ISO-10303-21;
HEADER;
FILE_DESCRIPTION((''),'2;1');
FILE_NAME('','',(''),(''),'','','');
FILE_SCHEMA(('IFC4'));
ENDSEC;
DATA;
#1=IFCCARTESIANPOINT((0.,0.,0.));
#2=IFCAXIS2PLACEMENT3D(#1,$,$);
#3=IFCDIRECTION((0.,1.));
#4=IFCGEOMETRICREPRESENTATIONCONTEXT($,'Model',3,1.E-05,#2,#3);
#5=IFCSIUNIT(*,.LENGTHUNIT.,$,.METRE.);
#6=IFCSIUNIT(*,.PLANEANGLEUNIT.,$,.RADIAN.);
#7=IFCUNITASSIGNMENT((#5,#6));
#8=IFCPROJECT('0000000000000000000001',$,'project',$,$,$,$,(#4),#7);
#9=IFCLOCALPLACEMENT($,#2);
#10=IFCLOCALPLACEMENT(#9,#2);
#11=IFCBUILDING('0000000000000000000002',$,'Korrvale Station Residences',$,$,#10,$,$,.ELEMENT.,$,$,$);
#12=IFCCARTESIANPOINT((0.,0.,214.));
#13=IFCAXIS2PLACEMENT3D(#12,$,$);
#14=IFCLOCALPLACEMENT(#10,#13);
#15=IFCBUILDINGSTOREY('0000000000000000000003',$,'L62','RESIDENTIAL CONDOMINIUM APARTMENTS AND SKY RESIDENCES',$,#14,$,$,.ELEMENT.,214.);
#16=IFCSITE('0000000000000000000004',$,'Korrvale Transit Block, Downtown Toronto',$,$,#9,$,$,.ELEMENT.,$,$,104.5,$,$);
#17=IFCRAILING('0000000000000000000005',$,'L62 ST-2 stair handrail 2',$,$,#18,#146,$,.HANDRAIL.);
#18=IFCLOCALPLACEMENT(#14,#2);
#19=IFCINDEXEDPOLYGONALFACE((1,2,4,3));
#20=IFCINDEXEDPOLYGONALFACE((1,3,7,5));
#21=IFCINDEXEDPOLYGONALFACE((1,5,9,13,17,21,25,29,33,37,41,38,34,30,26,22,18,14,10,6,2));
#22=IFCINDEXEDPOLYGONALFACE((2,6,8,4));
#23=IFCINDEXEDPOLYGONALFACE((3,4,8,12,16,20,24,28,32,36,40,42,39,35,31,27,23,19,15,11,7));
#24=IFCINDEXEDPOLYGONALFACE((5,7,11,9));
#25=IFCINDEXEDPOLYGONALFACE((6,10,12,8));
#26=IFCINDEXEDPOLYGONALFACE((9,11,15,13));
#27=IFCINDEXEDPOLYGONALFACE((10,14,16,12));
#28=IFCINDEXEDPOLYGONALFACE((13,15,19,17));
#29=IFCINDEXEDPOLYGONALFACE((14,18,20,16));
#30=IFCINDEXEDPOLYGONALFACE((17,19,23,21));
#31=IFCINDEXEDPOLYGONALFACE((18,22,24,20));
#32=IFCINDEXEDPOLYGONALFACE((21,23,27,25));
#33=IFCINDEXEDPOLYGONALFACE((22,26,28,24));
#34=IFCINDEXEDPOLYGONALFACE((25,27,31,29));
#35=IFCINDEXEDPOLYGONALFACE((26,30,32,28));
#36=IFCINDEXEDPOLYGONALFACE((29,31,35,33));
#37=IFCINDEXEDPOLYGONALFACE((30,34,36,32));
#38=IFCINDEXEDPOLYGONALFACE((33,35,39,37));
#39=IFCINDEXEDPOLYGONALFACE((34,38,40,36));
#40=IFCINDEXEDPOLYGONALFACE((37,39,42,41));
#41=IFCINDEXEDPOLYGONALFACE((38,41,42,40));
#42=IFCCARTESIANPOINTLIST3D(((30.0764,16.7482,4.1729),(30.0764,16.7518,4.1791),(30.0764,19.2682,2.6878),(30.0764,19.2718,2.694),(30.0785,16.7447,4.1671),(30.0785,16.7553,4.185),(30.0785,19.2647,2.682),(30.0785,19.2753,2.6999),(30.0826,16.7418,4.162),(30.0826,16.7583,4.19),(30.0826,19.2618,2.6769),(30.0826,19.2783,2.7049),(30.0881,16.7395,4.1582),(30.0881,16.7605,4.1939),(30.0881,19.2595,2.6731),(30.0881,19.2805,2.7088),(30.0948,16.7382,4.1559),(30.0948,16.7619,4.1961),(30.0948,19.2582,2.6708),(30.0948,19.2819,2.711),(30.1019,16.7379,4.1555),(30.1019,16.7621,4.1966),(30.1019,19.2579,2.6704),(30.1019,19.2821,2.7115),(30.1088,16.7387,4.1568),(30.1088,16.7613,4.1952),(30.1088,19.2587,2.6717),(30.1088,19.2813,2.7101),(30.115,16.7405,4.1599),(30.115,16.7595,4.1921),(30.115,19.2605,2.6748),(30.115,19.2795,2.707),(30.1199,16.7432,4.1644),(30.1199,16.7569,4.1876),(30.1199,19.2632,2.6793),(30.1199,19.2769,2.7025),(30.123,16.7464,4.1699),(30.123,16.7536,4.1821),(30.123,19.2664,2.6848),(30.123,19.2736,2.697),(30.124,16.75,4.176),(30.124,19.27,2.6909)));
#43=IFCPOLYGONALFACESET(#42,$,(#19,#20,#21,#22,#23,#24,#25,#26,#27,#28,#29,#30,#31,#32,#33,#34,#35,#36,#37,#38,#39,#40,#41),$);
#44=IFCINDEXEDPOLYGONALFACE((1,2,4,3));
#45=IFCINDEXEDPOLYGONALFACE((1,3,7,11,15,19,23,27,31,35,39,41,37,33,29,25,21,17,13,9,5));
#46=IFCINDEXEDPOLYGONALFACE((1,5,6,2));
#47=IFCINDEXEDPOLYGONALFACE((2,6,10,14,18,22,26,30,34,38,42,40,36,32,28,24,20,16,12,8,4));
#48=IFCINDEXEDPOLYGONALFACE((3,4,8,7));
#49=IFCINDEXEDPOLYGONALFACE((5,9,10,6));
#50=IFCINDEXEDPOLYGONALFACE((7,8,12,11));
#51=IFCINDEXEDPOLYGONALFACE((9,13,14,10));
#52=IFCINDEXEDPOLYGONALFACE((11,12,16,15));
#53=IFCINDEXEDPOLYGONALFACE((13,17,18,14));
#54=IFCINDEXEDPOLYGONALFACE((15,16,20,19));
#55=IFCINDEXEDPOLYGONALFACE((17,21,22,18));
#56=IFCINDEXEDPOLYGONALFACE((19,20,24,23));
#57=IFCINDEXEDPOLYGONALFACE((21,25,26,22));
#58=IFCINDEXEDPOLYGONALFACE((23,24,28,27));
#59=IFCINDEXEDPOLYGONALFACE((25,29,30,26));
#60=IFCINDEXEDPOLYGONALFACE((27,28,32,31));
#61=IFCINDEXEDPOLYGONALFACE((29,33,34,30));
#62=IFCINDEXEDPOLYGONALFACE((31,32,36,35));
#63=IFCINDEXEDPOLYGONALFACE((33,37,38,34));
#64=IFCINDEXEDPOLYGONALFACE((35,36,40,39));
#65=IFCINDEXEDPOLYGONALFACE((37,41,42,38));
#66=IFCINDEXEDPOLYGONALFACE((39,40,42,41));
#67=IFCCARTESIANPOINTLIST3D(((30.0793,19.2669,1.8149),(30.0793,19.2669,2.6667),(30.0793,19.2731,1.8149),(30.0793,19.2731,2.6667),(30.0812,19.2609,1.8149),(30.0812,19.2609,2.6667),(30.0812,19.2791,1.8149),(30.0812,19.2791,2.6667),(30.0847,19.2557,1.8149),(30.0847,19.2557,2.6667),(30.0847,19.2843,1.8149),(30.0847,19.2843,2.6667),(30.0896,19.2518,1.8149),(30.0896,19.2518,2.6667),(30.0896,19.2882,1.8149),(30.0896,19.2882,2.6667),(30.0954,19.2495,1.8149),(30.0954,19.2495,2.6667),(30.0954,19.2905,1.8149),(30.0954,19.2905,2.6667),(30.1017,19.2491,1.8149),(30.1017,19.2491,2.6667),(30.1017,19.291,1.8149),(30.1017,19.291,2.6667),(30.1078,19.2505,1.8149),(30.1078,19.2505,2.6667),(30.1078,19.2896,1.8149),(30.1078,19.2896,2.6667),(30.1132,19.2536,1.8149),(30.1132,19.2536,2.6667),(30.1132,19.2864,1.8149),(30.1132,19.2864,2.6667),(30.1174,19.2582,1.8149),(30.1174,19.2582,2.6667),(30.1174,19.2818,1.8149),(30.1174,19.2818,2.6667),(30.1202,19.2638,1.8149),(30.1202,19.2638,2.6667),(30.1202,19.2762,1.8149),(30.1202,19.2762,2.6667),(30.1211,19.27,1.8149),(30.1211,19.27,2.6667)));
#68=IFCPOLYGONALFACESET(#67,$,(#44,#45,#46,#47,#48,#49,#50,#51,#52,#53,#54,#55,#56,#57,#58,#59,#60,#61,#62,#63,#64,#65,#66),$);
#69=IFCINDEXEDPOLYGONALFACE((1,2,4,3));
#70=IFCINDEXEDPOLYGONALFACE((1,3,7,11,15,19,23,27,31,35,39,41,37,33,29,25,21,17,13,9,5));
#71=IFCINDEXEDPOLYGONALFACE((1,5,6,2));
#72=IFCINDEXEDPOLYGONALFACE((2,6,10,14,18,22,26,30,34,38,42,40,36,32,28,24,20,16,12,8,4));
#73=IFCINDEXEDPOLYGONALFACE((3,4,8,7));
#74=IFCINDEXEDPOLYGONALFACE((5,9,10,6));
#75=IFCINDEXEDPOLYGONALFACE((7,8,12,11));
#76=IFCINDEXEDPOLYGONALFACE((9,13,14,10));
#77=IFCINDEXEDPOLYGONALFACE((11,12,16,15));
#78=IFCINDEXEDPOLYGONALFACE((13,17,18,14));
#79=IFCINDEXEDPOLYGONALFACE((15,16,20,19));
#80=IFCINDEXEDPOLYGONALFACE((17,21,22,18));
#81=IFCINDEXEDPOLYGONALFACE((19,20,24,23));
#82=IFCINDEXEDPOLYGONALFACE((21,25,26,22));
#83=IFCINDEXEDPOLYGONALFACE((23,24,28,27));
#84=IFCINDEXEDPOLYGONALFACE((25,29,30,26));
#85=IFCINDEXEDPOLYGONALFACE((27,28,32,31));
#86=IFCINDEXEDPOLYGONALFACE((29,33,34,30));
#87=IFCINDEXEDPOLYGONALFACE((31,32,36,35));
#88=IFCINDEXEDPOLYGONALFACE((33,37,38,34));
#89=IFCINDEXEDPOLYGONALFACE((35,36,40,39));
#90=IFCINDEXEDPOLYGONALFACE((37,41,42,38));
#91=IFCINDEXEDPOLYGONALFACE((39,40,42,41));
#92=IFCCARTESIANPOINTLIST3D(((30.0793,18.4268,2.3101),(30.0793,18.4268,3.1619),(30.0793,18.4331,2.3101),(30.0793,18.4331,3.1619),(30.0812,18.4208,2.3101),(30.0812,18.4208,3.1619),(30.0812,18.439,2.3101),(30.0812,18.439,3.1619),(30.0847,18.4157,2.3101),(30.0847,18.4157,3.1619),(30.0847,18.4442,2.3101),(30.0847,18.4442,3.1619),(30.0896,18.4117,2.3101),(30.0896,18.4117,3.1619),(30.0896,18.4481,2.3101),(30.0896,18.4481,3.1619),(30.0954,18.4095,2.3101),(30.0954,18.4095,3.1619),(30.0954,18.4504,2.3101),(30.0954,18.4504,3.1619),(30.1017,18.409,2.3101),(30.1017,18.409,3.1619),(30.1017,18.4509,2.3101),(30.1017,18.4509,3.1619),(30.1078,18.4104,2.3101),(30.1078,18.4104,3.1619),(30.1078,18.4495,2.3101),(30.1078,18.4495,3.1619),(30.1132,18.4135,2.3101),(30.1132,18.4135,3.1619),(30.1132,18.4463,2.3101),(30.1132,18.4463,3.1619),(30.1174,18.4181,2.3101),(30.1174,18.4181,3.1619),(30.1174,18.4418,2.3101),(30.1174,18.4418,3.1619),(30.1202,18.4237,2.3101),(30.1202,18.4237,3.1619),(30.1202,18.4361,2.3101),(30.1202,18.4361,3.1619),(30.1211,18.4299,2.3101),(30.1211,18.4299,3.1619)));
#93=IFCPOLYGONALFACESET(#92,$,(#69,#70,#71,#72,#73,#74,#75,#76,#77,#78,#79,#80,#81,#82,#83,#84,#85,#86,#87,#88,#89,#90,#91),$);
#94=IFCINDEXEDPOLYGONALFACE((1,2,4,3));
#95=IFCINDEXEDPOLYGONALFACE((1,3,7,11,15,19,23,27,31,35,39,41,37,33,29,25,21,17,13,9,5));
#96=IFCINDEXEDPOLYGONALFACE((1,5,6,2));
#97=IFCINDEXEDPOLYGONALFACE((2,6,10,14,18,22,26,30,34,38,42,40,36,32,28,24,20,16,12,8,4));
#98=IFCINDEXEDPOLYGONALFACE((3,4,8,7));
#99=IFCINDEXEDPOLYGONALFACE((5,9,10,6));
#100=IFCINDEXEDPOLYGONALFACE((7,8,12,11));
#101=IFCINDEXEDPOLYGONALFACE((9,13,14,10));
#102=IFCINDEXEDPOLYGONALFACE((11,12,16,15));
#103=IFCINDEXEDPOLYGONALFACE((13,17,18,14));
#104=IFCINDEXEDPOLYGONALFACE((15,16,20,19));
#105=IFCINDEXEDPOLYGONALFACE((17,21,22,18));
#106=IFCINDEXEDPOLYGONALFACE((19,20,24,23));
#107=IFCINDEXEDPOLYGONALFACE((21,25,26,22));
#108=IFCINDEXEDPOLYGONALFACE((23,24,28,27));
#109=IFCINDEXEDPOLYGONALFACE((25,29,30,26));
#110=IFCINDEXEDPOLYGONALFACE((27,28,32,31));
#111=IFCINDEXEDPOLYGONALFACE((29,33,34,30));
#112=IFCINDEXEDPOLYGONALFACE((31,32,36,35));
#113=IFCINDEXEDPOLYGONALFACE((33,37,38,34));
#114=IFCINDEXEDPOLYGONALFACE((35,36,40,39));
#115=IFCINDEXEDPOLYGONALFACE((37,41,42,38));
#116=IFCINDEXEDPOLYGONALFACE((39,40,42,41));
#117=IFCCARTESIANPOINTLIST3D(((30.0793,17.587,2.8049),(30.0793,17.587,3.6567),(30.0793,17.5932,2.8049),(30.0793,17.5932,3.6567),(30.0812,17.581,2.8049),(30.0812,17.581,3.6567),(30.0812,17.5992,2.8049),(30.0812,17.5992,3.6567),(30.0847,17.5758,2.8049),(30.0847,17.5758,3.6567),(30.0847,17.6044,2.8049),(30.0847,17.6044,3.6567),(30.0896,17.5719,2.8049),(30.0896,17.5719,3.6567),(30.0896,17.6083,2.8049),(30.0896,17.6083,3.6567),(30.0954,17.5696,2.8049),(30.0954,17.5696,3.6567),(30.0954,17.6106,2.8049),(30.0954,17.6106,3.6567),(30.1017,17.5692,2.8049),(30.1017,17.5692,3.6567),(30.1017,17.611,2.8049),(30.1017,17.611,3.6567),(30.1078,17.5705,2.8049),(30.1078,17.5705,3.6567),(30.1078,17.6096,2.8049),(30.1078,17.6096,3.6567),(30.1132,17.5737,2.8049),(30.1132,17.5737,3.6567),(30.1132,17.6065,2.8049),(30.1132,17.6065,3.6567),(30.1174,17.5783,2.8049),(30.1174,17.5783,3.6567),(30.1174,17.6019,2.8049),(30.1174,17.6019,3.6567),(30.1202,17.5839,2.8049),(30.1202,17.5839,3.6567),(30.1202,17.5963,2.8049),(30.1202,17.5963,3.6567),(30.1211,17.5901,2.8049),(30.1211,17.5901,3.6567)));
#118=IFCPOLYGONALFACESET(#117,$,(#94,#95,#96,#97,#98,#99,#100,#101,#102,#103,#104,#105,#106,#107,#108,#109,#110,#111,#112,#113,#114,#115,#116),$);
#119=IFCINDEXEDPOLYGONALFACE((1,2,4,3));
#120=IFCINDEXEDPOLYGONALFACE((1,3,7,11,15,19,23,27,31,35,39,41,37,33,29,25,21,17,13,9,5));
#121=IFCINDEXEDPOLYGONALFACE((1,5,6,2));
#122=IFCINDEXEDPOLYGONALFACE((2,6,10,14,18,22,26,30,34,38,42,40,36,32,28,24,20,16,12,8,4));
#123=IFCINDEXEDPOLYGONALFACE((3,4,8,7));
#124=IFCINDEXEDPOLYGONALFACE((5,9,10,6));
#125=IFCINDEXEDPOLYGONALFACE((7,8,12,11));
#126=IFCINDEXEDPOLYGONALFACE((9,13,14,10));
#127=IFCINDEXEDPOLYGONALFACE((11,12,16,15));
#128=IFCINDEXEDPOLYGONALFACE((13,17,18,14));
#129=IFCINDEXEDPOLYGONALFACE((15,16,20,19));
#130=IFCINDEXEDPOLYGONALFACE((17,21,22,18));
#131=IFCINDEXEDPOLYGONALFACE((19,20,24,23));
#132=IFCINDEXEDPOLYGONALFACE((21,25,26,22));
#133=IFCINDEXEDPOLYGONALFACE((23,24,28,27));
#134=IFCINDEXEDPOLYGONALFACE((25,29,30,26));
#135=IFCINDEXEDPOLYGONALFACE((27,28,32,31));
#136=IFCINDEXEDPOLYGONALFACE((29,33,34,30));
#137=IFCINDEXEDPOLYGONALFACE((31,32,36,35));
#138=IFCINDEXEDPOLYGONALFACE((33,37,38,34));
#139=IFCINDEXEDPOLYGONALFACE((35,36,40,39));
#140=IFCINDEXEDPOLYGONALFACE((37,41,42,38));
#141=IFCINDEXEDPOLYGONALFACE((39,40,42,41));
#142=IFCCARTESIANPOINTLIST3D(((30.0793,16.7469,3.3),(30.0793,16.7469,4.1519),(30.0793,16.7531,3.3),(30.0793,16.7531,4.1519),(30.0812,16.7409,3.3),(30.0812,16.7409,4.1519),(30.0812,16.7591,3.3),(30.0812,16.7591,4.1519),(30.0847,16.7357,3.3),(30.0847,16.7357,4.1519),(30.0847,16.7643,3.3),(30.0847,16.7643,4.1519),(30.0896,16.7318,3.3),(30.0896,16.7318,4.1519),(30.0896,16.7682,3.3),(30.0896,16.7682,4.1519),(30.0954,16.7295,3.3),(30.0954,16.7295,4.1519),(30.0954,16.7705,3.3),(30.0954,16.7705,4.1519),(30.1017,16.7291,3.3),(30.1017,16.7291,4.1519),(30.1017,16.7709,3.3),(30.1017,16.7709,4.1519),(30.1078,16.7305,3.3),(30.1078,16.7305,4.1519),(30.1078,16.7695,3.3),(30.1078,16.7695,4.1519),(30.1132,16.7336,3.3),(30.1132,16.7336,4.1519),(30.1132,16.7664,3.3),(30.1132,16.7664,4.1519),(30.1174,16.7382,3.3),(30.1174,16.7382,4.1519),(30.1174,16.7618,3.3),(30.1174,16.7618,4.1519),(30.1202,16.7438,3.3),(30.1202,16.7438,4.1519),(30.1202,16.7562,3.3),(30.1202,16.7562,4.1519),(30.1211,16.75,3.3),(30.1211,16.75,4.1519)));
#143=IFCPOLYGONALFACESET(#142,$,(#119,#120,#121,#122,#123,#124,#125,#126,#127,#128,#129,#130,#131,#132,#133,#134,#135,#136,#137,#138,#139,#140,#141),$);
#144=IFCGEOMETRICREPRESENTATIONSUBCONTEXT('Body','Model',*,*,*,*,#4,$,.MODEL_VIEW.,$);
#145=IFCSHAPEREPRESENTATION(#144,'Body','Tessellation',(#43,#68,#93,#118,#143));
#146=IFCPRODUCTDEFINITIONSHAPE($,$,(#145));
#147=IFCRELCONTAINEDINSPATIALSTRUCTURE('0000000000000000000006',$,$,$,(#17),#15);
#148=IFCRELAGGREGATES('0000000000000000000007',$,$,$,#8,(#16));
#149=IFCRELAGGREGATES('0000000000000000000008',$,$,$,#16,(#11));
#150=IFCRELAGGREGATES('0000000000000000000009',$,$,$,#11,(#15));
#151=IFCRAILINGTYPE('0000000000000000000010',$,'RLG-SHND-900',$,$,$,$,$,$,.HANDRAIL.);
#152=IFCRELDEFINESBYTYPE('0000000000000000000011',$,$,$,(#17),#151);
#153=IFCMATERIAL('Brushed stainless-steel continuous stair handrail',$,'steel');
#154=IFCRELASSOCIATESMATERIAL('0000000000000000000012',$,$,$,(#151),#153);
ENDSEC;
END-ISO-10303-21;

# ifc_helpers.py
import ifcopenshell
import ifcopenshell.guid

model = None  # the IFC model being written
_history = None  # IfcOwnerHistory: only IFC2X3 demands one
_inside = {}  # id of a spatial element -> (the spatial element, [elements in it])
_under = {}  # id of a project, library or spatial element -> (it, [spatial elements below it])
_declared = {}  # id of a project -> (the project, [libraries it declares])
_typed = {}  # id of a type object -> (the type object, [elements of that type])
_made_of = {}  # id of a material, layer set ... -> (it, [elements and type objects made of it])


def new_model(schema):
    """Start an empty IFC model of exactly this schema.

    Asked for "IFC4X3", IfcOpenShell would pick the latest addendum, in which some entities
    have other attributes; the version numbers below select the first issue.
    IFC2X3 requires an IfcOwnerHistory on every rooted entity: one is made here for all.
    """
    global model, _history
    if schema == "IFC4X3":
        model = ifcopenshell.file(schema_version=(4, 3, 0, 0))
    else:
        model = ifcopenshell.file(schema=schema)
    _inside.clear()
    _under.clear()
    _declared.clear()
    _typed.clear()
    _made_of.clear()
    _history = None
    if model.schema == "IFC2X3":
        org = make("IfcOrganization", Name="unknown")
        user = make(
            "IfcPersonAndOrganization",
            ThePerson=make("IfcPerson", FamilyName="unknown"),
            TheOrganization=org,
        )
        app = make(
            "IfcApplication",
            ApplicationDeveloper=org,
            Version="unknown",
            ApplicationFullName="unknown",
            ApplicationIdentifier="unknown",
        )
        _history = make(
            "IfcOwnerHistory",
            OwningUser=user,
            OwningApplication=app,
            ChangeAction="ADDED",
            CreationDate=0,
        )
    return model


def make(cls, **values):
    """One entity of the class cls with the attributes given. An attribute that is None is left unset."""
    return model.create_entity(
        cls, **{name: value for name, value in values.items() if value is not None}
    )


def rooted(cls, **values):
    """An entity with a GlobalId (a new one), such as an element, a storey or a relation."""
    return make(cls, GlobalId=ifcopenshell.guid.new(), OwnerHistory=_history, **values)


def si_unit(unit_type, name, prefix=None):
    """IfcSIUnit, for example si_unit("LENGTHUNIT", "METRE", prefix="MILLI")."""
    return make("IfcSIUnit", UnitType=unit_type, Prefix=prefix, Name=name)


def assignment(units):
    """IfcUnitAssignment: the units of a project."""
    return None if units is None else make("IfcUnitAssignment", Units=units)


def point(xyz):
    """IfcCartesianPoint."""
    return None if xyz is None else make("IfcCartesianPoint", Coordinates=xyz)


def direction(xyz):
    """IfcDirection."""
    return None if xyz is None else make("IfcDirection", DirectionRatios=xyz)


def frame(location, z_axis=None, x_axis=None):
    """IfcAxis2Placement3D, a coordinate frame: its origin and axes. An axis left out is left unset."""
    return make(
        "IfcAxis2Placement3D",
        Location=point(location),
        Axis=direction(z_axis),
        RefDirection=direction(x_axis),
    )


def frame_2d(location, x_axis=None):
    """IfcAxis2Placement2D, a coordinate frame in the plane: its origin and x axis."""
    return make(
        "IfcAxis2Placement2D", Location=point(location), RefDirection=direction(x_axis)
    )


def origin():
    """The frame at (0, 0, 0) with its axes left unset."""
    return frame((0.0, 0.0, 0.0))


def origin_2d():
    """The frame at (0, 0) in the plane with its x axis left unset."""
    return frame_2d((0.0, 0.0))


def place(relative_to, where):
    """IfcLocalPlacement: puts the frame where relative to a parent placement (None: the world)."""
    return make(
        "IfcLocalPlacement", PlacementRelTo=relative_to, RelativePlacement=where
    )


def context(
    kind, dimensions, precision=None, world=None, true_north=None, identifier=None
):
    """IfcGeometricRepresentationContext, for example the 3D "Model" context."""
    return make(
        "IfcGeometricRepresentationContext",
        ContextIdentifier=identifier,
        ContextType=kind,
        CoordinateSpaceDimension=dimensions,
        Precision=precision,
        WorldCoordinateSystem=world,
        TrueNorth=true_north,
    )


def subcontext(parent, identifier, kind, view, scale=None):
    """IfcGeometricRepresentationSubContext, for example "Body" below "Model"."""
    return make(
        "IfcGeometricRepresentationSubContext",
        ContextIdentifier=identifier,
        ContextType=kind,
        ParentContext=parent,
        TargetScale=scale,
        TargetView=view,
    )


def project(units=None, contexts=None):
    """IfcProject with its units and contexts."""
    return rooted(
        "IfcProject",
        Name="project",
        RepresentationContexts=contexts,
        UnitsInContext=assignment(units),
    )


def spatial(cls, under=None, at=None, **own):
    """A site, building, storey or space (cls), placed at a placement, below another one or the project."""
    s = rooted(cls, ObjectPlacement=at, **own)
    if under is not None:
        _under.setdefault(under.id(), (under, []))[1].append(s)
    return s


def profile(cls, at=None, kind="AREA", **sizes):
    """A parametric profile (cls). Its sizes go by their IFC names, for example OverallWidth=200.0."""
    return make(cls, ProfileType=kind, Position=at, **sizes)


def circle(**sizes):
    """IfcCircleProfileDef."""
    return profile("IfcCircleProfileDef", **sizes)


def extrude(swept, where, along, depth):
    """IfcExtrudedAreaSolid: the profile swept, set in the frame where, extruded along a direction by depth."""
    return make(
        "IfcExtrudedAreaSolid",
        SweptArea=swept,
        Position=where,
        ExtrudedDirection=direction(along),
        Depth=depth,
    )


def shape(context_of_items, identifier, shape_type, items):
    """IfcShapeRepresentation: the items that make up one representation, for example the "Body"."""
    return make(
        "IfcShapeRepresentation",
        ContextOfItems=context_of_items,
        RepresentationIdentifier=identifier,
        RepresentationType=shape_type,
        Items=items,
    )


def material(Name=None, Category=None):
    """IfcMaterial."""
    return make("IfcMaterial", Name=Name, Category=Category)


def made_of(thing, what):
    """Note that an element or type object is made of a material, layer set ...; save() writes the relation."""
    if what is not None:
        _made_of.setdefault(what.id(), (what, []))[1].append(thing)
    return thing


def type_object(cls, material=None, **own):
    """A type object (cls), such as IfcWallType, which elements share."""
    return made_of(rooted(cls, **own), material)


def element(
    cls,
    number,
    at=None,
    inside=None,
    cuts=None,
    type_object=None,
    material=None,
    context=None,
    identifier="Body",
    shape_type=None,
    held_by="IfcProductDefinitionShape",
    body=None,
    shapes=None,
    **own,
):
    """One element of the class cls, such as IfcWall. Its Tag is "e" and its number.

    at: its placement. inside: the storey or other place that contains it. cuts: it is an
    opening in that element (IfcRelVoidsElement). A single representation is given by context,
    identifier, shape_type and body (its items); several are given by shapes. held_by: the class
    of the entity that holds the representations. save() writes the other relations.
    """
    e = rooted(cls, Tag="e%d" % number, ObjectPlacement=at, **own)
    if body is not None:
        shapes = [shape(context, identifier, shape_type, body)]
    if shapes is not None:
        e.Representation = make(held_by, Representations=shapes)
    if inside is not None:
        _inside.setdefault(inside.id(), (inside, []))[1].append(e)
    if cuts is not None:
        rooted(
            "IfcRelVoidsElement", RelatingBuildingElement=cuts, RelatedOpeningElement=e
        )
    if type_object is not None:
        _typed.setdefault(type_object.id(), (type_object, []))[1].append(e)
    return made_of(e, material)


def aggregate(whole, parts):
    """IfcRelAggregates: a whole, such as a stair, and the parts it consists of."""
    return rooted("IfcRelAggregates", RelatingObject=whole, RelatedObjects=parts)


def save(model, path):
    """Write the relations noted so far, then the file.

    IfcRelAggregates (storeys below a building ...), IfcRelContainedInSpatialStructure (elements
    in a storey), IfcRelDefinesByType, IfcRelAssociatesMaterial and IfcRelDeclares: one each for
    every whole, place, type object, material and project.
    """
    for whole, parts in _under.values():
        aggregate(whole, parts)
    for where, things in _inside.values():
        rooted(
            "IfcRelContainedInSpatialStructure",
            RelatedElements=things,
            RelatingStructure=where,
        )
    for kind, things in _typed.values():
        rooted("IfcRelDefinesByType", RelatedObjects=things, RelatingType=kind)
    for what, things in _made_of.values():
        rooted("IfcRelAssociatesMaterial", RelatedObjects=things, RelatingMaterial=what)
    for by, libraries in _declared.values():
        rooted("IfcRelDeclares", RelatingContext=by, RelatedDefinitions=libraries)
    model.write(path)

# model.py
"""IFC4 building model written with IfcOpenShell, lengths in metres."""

from ifc_helpers import new_model, si_unit, direction, frame, origin, origin_2d, place, context, subcontext, project, spatial, circle, extrude, material, type_object, element, save


model = new_model("IFC4")

# Units and contexts
model_context = context("Model", 3, precision=1e-05, world=origin(), true_north=direction((0.0, 1.0)))
body_context = subcontext(model_context, "Body", "Model", "MODEL_VIEW")
ifc_project = project(units=[si_unit("LENGTHUNIT", "METRE"), si_unit("PLANEANGLEUNIT", "RADIAN")], contexts=[model_context])

# Site, building, storey
site_placement = place(None, origin())
site = spatial("IfcSite", under=ifc_project, at=site_placement, Name="Korrvale Transit Block, Downtown Toronto", CompositionType="ELEMENT", RefElevation=104.5)
building_placement = place(site_placement, origin())
building = spatial("IfcBuilding", under=site, at=building_placement, Name="Korrvale Station Residences", CompositionType="ELEMENT")
storey_placement = place(building_placement, frame((0.0, 0.0, 214.0)))
storey = spatial("IfcBuildingStorey", under=building, at=storey_placement, Name="L62", Description="RESIDENTIAL CONDOMINIUM APARTMENTS AND SKY RESIDENCES", CompositionType="ELEMENT", Elevation=214.0)

# Railing
ifc_material_1 = material(Name="Brushed stainless-steel continuous stair handrail", Category="steel")
railing_type_1 = type_object("IfcRailingType", Name="RLG-SHND-900", PredefinedType="HANDRAIL", material=ifc_material_1)
railing_1_placement = place(storey_placement, frame((30.1001, 19.27, 1.8149)))
element("IfcRailing", 1, at=railing_1_placement, inside=storey, type_object=railing_type_1, Name="L62 ST-2 stair handrail 2", PredefinedType="HANDRAIL", context=body_context, shape_type="SweptSolid", body=[
    extrude(circle(Radius=0.0239, at=origin_2d()), frame((0.0, 0.0, 0.876), z_axis=(0.0, -0.861524, 0.507717), x_axis=(1.0, 0.0, 0.0)), (0.0, 0.0, 1.0), 2.925),
    extrude(circle(Radius=0.021, at=origin_2d()), origin(), (0.0, 0.0, 1.0), 0.8518),
    extrude(circle(Radius=0.021, at=origin_2d()), frame((0.0, -0.8401, 0.4951)), (0.0, 0.0, 1.0), 0.8518),
    extrude(circle(Radius=0.021, at=origin_2d()), frame((0.0, -1.6799, 0.99)), (0.0, 0.0, 1.0), 0.8518),
    extrude(circle(Radius=0.021, at=origin_2d()), frame((0.0, -2.52, 1.4851)), (0.0, 0.0, 1.0), 0.8518),
])

save(model, "model.ifc")
